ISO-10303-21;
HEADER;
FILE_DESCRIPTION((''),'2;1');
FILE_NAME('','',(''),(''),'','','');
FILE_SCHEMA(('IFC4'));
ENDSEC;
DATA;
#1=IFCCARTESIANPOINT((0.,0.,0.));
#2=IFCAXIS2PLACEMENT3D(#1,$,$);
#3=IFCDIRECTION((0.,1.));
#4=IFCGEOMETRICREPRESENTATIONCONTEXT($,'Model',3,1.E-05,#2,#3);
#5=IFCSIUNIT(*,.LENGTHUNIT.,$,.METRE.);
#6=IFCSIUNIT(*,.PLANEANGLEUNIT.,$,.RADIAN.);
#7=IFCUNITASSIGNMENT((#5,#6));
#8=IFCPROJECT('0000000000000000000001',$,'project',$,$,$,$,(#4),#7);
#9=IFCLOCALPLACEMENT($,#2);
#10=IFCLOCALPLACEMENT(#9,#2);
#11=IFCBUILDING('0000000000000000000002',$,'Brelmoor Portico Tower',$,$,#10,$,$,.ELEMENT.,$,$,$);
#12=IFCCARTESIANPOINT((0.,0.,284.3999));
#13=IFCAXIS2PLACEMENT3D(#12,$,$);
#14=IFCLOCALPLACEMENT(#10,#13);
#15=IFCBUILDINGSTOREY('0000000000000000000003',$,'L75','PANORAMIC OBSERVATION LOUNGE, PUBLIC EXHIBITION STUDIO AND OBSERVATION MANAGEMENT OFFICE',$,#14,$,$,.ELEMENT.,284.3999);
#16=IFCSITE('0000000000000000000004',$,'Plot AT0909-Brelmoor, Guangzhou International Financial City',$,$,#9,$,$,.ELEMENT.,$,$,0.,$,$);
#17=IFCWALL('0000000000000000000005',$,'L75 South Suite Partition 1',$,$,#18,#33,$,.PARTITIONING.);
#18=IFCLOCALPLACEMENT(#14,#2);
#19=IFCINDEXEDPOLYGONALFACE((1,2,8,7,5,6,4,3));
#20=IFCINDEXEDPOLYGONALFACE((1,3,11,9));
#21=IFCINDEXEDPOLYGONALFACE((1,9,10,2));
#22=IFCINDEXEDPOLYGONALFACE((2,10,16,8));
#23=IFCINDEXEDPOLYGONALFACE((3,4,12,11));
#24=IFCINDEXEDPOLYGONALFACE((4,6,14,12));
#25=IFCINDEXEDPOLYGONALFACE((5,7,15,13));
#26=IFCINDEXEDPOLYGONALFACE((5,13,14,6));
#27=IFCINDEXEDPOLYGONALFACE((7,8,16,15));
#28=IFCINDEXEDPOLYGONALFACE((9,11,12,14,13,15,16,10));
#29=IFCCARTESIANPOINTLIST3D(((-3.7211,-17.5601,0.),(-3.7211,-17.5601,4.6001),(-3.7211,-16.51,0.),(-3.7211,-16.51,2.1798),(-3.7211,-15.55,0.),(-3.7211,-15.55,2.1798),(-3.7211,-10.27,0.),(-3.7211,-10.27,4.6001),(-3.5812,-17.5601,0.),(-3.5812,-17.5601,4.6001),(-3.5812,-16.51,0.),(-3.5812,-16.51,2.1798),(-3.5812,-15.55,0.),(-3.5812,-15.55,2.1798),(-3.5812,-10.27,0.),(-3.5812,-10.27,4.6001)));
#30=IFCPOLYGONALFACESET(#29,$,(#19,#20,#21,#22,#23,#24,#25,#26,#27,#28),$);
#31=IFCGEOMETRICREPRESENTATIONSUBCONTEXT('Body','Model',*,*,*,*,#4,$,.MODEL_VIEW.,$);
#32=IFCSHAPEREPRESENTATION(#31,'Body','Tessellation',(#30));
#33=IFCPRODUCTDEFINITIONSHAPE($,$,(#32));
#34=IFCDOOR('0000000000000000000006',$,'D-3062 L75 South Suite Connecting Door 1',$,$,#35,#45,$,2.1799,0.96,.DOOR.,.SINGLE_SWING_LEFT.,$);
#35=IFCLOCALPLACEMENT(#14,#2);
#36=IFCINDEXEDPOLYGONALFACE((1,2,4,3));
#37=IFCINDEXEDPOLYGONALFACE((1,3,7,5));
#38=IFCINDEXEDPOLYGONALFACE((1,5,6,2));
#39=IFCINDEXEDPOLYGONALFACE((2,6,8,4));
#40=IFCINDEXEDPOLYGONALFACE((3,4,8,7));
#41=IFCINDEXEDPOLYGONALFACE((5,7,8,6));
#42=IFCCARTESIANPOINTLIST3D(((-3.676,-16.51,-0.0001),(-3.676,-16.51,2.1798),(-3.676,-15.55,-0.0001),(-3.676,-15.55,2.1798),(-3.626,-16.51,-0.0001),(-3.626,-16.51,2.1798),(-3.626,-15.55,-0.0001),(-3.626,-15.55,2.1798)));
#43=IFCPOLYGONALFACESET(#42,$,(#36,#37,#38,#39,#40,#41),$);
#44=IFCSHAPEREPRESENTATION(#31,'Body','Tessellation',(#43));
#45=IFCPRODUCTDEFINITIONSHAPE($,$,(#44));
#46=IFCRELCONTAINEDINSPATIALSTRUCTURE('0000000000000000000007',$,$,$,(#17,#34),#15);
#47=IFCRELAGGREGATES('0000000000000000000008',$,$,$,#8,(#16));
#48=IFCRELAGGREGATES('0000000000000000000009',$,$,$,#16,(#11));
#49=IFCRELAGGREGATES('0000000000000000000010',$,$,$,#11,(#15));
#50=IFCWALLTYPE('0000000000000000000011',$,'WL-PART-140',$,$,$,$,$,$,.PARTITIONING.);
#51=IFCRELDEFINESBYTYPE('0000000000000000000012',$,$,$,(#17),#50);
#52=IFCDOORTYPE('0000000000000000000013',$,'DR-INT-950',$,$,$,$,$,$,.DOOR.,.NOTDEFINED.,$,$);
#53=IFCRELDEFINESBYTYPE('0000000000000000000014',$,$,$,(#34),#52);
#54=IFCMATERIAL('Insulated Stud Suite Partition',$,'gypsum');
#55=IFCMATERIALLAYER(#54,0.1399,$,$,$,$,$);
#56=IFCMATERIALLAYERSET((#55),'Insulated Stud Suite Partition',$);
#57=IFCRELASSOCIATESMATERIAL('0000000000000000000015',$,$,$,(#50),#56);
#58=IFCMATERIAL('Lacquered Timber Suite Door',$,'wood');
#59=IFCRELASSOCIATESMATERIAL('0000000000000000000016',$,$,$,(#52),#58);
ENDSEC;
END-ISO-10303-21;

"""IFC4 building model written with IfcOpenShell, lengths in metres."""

from ifc_helpers import new_model, si_unit, direction, frame, frame_2d, origin, place, context, subcontext, project, spatial, rectangle, extrude, material, layer, layer_set, type_object, element, fill, save


model = new_model("IFC4")

# Units and contexts
model_context = context("Model", 3, precision=1e-05, world=origin(), true_north=direction((0.0, 1.0)))
body_context = subcontext(model_context, "Body", "Model", "MODEL_VIEW")
ifc_project = project(units=[si_unit("LENGTHUNIT", "METRE"), si_unit("PLANEANGLEUNIT", "RADIAN")], contexts=[model_context])

# Site, building, storey
site_placement = place(None, origin())
site = spatial("IfcSite", under=ifc_project, at=site_placement, Name="Plot AT0909-Brelmoor, Guangzhou International Financial City", CompositionType="ELEMENT", RefElevation=0.0)
building_placement = place(site_placement, origin())
building = spatial("IfcBuilding", under=site, at=building_placement, Name="Brelmoor Portico Tower", CompositionType="ELEMENT")
storey_placement = place(building_placement, frame((0.0, 0.0, 284.3999)))
storey = spatial("IfcBuildingStorey", under=building, at=storey_placement, Name="L75", Description="PANORAMIC OBSERVATION LOUNGE, PUBLIC EXHIBITION STUDIO AND OBSERVATION MANAGEMENT OFFICE", CompositionType="ELEMENT", Elevation=284.3999)

# Wall, opening, door
ifc_material_1 = material(Name="Insulated Stud Suite Partition", Category="gypsum")
ifc_layer_1 = layer(ifc_material_1, 0.1399)
ifc_layer_set_1 = layer_set([ifc_layer_1], Name="Insulated Stud Suite Partition")
wall_type_1 = type_object("IfcWallType", Name="WL-PART-140", PredefinedType="PARTITIONING", material=ifc_layer_set_1)
wall_1_placement = place(storey_placement, frame((-3.6511, -17.5601, 0.0), z_axis=(0.0, 0.0, 1.0), x_axis=(0.0, 1.0, 0.0)))
wall_1 = element("IfcWall", 1, at=wall_1_placement, inside=storey, type_object=wall_type_1, Name="L75 South Suite Partition 1", PredefinedType="PARTITIONING", context=body_context, shape_type="SweptSolid", body=[
    extrude(rectangle(XDim=7.29, YDim=0.1399, at=frame_2d((3.645, 0.0))), origin(), (0.0, 0.0, 1.0), 4.6001),
])
opening_1_placement = place(wall_1_placement, frame((1.05, 0.0, 0.0)))
opening_1 = element("IfcOpeningElement", 2, at=opening_1_placement, cuts=wall_1, PredefinedType="OPENING", context=body_context, shape_type="SweptSolid", body=[
    extrude(rectangle(XDim=0.96, YDim=2.1799, at=frame_2d((0.48, 1.0898))), frame((0.0, 0.0798, 0.0), z_axis=(0.0, -1.0, 0.0), x_axis=(1.0, 0.0, 0.0)), (0.0, 0.0, 1.0), 0.1599),
])
ifc_material_2 = material(Name="Lacquered Timber Suite Door", Category="wood")
door_type = type_object("IfcDoorType", Name="DR-INT-950", OperationType="NOTDEFINED", PredefinedType="DOOR", material=ifc_material_2)
door_placement = place(opening_1_placement, origin())
door = element("IfcDoor", 3, at=door_placement, inside=storey, type_object=door_type, Name="D-3062 L75 South Suite Connecting Door 1", OperationType="SINGLE_SWING_LEFT", OverallHeight=2.1799, OverallWidth=0.96, PredefinedType="DOOR", context=body_context, shape_type="SweptSolid", body=[
    extrude(rectangle(XDim=0.96, YDim=2.1799, at=frame_2d((0.48, 1.0898))), frame((0.0, 0.0249, 0.0), z_axis=(0.0, -1.0, 0.0), x_axis=(1.0, 0.0, 0.0)), (0.0, 0.0, 1.0), 0.05),
])
fill(opening_1, door)

save(model, "model.ifc")
